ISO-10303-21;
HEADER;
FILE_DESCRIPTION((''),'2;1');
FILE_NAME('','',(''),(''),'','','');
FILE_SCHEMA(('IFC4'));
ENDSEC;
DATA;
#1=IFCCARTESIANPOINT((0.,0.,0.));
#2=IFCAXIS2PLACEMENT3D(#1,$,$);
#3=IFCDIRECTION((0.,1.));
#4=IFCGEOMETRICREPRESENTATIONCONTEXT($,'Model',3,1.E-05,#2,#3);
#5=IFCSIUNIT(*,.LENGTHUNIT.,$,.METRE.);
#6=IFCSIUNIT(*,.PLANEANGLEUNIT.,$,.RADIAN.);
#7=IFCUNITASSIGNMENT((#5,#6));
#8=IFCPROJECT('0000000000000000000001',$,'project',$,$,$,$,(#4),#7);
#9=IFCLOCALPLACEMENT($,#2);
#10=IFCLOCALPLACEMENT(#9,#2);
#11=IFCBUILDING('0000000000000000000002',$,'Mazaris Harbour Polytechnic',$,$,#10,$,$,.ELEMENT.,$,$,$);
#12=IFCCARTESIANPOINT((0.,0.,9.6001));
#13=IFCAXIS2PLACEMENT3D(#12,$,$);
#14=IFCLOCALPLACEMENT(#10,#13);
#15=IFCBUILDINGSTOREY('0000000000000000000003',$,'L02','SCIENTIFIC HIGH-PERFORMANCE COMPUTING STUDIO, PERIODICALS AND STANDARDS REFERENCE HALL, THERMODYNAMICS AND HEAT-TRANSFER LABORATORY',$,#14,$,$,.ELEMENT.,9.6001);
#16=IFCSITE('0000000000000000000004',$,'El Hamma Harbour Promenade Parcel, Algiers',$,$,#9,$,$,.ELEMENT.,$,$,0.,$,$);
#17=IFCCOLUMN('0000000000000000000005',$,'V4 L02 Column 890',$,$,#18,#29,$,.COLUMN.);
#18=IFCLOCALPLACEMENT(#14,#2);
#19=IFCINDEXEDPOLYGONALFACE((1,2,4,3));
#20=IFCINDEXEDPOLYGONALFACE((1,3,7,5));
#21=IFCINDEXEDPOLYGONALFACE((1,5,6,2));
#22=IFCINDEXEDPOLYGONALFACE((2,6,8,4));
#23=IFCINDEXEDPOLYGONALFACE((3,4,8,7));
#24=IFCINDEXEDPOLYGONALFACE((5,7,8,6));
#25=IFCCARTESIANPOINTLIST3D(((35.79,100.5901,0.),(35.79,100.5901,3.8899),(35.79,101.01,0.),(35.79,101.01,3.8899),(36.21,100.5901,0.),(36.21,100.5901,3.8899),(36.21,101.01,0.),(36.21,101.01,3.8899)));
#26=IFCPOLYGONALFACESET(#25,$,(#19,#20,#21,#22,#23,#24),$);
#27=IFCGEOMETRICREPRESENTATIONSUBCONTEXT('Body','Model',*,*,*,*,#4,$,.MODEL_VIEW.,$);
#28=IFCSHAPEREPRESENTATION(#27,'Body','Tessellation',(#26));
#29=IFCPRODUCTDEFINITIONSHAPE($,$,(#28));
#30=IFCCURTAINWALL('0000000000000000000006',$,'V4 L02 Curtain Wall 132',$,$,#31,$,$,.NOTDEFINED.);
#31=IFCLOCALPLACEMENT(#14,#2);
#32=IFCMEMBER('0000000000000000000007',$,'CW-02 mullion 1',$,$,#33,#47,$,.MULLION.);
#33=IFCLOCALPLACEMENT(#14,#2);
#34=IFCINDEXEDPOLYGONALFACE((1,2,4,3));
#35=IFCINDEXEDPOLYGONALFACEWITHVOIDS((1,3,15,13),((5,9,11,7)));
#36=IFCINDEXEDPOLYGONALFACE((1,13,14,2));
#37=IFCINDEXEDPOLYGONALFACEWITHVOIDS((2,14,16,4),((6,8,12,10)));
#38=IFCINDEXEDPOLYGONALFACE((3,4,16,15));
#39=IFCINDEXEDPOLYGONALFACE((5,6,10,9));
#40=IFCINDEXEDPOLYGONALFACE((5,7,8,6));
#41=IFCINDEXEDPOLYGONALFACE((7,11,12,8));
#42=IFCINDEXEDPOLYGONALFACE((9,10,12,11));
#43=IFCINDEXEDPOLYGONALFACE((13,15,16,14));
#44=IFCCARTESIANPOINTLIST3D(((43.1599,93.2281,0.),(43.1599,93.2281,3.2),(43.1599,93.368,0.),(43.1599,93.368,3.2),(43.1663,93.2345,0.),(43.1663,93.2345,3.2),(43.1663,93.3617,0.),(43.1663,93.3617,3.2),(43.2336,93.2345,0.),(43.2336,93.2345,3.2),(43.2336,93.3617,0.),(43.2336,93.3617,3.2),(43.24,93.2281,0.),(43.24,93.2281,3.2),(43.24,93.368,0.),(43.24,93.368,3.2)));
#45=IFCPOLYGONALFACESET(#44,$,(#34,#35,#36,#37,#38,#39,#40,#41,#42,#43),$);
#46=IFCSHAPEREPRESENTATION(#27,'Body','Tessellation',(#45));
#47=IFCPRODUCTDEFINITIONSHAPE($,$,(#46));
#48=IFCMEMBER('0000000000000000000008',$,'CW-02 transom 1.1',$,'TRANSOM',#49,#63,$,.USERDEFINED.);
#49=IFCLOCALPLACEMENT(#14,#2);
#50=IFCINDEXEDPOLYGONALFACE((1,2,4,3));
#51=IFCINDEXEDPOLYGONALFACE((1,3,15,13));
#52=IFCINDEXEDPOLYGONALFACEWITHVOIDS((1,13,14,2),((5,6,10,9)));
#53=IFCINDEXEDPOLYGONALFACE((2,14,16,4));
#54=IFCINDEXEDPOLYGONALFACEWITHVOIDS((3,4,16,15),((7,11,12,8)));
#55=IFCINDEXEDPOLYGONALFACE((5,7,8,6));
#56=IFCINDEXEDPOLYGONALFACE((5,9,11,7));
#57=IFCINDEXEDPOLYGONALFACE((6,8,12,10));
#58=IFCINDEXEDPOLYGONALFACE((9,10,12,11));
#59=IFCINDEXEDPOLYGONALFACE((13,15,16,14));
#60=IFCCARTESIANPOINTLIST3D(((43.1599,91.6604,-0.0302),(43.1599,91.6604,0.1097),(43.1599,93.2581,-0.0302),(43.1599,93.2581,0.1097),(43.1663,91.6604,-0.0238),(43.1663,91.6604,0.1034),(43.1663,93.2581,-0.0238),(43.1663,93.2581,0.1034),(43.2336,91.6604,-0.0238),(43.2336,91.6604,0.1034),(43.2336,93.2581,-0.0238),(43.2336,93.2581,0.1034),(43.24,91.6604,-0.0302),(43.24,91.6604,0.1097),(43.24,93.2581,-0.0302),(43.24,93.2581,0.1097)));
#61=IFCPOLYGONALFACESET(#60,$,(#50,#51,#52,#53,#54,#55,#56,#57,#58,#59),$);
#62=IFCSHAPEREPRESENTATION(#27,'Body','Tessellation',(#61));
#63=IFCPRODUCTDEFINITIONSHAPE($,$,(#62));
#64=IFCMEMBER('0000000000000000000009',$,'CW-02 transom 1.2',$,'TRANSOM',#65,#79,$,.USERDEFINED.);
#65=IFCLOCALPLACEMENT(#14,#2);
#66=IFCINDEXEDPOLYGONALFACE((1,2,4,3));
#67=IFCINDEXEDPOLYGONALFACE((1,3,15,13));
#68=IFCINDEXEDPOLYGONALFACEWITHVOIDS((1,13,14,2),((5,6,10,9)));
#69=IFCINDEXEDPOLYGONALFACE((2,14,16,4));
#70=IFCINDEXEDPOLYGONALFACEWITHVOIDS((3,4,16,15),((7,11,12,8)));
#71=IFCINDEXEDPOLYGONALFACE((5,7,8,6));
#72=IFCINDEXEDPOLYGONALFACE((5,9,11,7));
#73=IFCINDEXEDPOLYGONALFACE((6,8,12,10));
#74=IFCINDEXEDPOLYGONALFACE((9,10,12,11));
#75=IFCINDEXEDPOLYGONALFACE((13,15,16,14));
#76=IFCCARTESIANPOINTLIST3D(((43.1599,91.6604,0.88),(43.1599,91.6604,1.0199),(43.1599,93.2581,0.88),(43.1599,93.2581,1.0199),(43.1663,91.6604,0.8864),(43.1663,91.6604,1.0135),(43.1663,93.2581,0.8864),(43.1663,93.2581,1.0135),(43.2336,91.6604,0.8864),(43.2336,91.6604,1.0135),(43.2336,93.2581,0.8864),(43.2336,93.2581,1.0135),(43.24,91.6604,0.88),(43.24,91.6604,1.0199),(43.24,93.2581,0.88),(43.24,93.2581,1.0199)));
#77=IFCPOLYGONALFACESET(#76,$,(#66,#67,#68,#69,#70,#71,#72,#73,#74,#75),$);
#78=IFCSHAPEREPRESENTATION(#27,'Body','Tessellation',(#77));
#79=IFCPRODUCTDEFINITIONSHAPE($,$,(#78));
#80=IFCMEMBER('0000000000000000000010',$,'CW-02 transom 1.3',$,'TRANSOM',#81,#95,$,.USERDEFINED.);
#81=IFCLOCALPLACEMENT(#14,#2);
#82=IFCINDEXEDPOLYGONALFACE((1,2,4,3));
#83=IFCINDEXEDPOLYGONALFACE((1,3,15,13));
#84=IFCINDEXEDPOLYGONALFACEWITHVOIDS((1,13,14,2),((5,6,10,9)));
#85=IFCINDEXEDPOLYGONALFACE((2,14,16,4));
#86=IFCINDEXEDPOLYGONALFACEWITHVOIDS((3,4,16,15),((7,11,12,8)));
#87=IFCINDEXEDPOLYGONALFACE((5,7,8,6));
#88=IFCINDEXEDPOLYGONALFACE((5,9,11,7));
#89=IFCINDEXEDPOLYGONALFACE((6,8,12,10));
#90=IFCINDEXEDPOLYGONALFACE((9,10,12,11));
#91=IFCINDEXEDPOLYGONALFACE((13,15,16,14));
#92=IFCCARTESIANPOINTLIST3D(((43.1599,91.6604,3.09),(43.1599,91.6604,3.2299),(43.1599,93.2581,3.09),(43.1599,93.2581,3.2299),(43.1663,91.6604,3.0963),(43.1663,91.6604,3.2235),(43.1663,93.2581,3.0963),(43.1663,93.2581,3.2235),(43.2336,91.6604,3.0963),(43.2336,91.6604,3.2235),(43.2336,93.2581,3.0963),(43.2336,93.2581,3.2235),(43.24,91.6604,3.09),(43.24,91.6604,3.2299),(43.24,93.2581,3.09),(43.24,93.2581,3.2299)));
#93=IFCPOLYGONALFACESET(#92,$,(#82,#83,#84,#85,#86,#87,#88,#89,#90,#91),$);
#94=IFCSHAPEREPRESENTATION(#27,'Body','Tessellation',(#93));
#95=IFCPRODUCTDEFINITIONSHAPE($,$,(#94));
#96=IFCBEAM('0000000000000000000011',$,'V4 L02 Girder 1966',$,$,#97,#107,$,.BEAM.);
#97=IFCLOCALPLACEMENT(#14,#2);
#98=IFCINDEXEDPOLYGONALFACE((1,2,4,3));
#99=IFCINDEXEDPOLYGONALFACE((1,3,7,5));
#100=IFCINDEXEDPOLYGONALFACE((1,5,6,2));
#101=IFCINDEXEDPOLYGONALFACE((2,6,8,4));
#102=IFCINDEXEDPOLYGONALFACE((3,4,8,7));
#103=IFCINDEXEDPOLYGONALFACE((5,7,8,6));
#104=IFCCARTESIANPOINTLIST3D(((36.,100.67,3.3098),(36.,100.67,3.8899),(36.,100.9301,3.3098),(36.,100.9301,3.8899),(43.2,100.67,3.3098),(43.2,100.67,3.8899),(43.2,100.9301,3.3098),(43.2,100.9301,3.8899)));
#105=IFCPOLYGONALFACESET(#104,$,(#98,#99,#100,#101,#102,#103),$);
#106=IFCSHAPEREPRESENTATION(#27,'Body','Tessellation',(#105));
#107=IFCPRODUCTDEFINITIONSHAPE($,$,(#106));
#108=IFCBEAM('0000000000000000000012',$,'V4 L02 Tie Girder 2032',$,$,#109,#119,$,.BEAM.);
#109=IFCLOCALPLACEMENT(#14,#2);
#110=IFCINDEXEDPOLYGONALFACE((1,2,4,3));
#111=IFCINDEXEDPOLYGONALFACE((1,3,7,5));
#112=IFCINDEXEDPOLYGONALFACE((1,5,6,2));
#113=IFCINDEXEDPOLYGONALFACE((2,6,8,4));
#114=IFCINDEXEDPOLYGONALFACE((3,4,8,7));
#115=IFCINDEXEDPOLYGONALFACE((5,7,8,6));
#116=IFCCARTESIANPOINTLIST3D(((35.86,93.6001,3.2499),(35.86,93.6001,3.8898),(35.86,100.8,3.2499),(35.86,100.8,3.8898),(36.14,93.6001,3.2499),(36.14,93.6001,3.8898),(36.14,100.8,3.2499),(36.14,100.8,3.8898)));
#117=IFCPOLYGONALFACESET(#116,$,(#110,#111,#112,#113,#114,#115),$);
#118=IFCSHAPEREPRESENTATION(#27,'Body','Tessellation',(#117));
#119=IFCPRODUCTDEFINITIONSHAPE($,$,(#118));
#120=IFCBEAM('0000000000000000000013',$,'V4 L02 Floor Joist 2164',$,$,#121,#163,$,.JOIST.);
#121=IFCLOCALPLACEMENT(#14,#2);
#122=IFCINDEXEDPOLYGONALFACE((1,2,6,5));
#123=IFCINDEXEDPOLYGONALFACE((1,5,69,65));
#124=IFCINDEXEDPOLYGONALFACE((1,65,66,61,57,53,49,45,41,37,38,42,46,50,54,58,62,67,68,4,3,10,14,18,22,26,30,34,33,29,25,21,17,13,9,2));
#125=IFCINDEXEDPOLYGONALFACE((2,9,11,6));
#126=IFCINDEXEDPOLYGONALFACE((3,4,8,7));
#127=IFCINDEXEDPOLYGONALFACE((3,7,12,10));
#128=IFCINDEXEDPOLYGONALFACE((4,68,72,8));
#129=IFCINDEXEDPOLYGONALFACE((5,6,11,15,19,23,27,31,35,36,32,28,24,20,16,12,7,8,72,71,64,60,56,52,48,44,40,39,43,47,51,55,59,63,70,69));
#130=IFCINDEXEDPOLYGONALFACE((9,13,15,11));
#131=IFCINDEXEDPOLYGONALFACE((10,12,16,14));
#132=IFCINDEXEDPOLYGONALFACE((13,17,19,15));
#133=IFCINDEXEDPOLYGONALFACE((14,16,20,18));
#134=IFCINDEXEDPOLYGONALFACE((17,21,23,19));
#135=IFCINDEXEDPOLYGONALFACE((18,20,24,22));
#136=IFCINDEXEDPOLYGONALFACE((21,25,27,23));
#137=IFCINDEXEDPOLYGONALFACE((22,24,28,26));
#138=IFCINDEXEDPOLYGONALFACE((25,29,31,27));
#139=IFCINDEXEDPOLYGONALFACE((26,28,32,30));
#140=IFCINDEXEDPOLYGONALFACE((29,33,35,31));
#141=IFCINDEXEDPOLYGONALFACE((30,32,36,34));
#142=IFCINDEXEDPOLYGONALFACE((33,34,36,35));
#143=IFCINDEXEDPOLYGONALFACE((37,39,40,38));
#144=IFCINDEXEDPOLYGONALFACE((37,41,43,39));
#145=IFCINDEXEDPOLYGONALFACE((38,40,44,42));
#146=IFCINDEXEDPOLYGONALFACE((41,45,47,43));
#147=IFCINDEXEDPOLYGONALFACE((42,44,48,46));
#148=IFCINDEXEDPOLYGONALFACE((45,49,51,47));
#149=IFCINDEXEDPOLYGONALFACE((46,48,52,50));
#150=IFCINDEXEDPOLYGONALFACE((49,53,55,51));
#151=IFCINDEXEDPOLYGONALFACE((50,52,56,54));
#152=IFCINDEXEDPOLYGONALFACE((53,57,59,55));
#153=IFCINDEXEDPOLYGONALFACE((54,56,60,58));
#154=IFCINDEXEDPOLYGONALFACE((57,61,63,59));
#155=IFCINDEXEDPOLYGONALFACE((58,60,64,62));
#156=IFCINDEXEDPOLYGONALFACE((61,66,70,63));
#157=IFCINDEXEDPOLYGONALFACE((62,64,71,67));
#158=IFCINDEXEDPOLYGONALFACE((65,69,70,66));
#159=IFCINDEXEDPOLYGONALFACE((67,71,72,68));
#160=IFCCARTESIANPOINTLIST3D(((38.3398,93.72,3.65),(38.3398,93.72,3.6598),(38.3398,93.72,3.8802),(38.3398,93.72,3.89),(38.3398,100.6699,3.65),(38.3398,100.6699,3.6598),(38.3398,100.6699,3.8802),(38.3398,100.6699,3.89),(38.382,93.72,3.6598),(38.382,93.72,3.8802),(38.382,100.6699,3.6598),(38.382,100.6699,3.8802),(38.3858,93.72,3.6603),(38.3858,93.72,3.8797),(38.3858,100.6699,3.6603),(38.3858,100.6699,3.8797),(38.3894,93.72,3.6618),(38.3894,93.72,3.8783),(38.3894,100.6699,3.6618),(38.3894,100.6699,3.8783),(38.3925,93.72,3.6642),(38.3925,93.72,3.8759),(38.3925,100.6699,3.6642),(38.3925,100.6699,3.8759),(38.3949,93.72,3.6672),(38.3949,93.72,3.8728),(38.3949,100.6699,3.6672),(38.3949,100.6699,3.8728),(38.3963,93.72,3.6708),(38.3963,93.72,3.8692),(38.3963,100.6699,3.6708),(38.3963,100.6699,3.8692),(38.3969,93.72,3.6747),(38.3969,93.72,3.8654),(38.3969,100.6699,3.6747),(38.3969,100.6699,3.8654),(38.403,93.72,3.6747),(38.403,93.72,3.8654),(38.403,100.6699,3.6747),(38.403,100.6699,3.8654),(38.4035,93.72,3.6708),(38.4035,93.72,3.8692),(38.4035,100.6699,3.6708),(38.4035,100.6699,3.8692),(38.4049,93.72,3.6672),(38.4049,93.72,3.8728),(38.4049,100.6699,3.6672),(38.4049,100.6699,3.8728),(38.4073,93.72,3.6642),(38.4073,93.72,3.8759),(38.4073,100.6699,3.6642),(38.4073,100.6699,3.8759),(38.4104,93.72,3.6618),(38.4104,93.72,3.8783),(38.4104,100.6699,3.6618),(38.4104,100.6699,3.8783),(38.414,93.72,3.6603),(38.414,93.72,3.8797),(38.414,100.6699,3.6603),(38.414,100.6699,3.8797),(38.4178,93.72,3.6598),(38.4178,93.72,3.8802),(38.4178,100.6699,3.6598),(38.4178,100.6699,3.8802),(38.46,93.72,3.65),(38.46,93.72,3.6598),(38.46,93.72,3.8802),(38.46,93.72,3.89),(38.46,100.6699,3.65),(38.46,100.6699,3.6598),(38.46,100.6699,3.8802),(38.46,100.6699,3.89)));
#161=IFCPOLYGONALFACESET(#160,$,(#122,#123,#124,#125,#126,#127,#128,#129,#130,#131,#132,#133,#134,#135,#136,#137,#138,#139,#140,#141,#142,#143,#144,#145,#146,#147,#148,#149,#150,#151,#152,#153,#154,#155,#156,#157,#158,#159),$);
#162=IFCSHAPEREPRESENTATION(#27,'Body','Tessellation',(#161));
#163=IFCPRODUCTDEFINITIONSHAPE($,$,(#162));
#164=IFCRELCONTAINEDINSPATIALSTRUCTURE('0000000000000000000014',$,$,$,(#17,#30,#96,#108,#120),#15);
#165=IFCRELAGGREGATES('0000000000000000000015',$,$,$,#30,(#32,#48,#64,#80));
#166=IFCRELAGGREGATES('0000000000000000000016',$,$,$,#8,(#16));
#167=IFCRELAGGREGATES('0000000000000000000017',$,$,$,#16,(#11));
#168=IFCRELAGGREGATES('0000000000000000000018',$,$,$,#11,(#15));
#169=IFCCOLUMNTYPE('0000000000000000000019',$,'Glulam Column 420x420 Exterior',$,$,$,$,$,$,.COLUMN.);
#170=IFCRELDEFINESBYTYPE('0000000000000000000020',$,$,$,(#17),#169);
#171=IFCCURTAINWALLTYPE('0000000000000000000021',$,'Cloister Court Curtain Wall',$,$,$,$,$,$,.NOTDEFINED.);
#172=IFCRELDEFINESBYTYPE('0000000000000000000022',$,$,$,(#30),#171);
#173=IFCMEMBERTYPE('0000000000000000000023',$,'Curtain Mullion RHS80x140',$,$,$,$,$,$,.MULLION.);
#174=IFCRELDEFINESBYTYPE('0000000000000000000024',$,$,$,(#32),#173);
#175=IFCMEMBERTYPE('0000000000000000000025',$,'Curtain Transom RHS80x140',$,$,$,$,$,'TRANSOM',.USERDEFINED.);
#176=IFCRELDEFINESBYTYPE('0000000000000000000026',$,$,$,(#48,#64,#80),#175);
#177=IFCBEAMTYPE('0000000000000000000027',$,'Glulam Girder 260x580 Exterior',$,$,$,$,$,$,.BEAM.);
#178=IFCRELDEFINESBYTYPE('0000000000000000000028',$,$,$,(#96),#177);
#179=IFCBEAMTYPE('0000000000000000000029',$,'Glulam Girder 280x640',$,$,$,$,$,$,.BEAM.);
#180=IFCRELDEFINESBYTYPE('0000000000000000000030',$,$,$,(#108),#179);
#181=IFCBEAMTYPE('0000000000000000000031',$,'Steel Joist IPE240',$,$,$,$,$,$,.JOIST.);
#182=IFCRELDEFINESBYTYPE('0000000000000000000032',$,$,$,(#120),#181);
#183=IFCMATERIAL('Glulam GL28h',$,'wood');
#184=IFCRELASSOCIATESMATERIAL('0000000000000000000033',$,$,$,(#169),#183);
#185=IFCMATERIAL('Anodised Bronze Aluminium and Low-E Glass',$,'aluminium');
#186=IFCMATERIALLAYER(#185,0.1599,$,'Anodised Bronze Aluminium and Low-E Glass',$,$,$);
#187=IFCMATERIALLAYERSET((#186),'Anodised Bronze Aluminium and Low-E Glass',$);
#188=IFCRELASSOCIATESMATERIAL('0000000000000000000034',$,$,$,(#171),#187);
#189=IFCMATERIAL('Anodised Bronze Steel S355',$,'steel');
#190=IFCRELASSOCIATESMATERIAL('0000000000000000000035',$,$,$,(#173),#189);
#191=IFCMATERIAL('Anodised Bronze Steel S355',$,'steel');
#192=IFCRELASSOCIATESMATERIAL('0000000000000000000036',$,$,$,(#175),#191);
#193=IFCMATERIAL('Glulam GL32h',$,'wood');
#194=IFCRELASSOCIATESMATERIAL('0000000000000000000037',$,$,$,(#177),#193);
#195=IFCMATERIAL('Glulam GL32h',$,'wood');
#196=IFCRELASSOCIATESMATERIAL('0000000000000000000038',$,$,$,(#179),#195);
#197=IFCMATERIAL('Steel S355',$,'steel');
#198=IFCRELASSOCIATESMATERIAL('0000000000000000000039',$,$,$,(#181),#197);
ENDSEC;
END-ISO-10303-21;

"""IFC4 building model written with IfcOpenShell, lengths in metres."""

from ifc_helpers import new_model, si_unit, direction, frame, origin, origin_2d, place, context, subcontext, project, spatial, rectangle, hollow_rectangle, i_section, extrude, material, layer, layer_set, material_profile, profile_set, type_object, element, aggregate, save


model = new_model("IFC4")

# Units and contexts
model_context = context("Model", 3, precision=1e-05, world=origin(), true_north=direction((0.0, 1.0)))
body_context = subcontext(model_context, "Body", "Model", "MODEL_VIEW")
ifc_project = project(units=[si_unit("LENGTHUNIT", "METRE"), si_unit("PLANEANGLEUNIT", "RADIAN")], contexts=[model_context])

# Site, building, storey
site_placement = place(None, origin())
site = spatial("IfcSite", under=ifc_project, at=site_placement, Name="El Hamma Harbour Promenade Parcel, Algiers", CompositionType="ELEMENT", RefElevation=0.0)
building_placement = place(site_placement, origin())
building = spatial("IfcBuilding", under=site, at=building_placement, Name="Mazaris Harbour Polytechnic", CompositionType="ELEMENT")
storey_placement = place(building_placement, frame((0.0, 0.0, 9.6001)))
storey = spatial("IfcBuildingStorey", under=building, at=storey_placement, Name="L02", Description="SCIENTIFIC HIGH-PERFORMANCE COMPUTING STUDIO, PERIODICALS AND STANDARDS REFERENCE HALL, THERMODYNAMICS AND HEAT-TRANSFER LABORATORY", CompositionType="ELEMENT", Elevation=9.6001)

# Column
ifc_material_1 = material(Name="Glulam GL28h", Category="wood")
ifc_material_profile_1 = material_profile(ifc_material_1, rectangle(XDim=0.4199, YDim=0.4199, at=origin_2d()), Name="RECT420x420")
ifc_profile_set_1 = profile_set([ifc_material_profile_1], Name="Glulam GL28h")
column_type = type_object("IfcColumnType", Name="Glulam Column 420x420 Exterior", PredefinedType="COLUMN", material=ifc_profile_set_1)
column_placement = place(storey_placement, frame((36.0, 100.8, 0.0), z_axis=(0.0, 0.0, 1.0), x_axis=(1.0, 0.0, 0.0)))
element("IfcColumn", 1, at=column_placement, inside=storey, type_object=column_type, Name="V4 L02 Column 890", PredefinedType="COLUMN", context=body_context, shape_type="SweptSolid", body=[
    extrude(rectangle(XDim=0.4199, YDim=0.4199, at=origin_2d()), origin(), (0.0, 0.0, 1.0), 3.8899),
])

# Curtain wall, members
ifc_material_2 = material(Name="Anodised Bronze Aluminium and Low-E Glass", Category="aluminium")
ifc_layer_1 = layer(ifc_material_2, 0.1599, Name="Anodised Bronze Aluminium and Low-E Glass")
ifc_layer_set_1 = layer_set([ifc_layer_1], Name="Anodised Bronze Aluminium and Low-E Glass")
curtain_wall_type = type_object("IfcCurtainWallType", Name="Cloister Court Curtain Wall", PredefinedType="NOTDEFINED", material=ifc_layer_set_1)
curtain_wall_placement = place(storey_placement, origin())
curtain_wall = element("IfcCurtainWall", 2, at=curtain_wall_placement, inside=storey, type_object=curtain_wall_type, Name="V4 L02 Curtain Wall 132", PredefinedType="NOTDEFINED")
ifc_material_3 = material(Name="Anodised Bronze Steel S355", Category="steel")
ifc_material_profile_2 = material_profile(ifc_material_3, hollow_rectangle(XDim=0.0801, YDim=0.1399, WallThickness=0.0063, at=origin_2d()), Name="RHS 80x140x6.3")
ifc_profile_set_2 = profile_set([ifc_material_profile_2], Name="Anodised Bronze Steel S355")
member_type_1 = type_object("IfcMemberType", Name="Curtain Mullion RHS80x140", PredefinedType="MULLION", material=ifc_profile_set_2)
member_1_placement = place(storey_placement, frame((43.2, 93.2981, 0.0), z_axis=(0.0, 0.0, 1.0), x_axis=(1.0, 0.0, 0.0)))
member_1 = element("IfcMember", 3, at=member_1_placement, type_object=member_type_1, Name="CW-02 mullion 1", PredefinedType="MULLION", context=body_context, shape_type="SweptSolid", body=[
    extrude(hollow_rectangle(XDim=0.0801, YDim=0.1399, WallThickness=0.0063, at=origin_2d()), origin(), (0.0, 0.0, 1.0), 3.2),
])
ifc_material_4 = material(Name="Anodised Bronze Steel S355", Category="steel")
ifc_material_profile_3 = material_profile(ifc_material_4, hollow_rectangle(XDim=0.0801, YDim=0.1399, WallThickness=0.0063, at=origin_2d()), Name="RHS 80x140x6.3")
ifc_profile_set_3 = profile_set([ifc_material_profile_3], Name="Anodised Bronze Steel S355")
member_type_2 = type_object("IfcMemberType", Name="Curtain Transom RHS80x140", ElementType="TRANSOM", PredefinedType="USERDEFINED", material=ifc_profile_set_3)
member_2_placement = place(storey_placement, frame((43.2, 93.2581, 0.0398), z_axis=(0.0, -1.0, 0.0), x_axis=(1.0, 0.0, 0.0)))
member_2 = element("IfcMember", 4, at=member_2_placement, type_object=member_type_2, Name="CW-02 transom 1.1", ObjectType="TRANSOM", PredefinedType="USERDEFINED", context=body_context, shape_type="SweptSolid", body=[
    extrude(hollow_rectangle(XDim=0.0801, YDim=0.1399, WallThickness=0.0063, at=origin_2d()), origin(), (0.0, 0.0, 1.0), 1.5977),
])
member_3_placement = place(storey_placement, frame((43.2, 93.2581, 0.95), z_axis=(0.0, -1.0, 0.0), x_axis=(1.0, 0.0, 0.0)))
member_3 = element("IfcMember", 5, at=member_3_placement, type_object=member_type_2, Name="CW-02 transom 1.2", ObjectType="TRANSOM", PredefinedType="USERDEFINED", context=body_context, shape_type="SweptSolid", body=[
    extrude(hollow_rectangle(XDim=0.0801, YDim=0.1399, WallThickness=0.0063, at=origin_2d()), origin(), (0.0, 0.0, 1.0), 1.5977),
])
member_4_placement = place(storey_placement, frame((43.2, 93.2581, 3.1599), z_axis=(0.0, -1.0, 0.0), x_axis=(1.0, 0.0, 0.0)))
member_4 = element("IfcMember", 6, at=member_4_placement, type_object=member_type_2, Name="CW-02 transom 1.3", ObjectType="TRANSOM", PredefinedType="USERDEFINED", context=body_context, shape_type="SweptSolid", body=[
    extrude(hollow_rectangle(XDim=0.0801, YDim=0.1399, WallThickness=0.0063, at=origin_2d()), origin(), (0.0, 0.0, 1.0), 1.5977),
])
aggregate(curtain_wall, [member_1, member_2, member_3, member_4])

# Beams
ifc_material_5 = material(Name="Glulam GL32h", Category="wood")
ifc_material_profile_4 = material_profile(ifc_material_5, rectangle(XDim=0.26, YDim=0.5801, at=origin_2d()), Name="RECT260x580")
ifc_profile_set_4 = profile_set([ifc_material_profile_4], Name="Glulam GL32h")
beam_type_1 = type_object("IfcBeamType", Name="Glulam Girder 260x580 Exterior", PredefinedType="BEAM", material=ifc_profile_set_4)
beam_1_placement = place(storey_placement, frame((36.0, 100.8, 3.5999), z_axis=(1.0, 0.0, 0.0), x_axis=(0.0, 1.0, 0.0)))
element("IfcBeam", 7, at=beam_1_placement, inside=storey, type_object=beam_type_1, Name="V4 L02 Girder 1966", PredefinedType="BEAM", context=body_context, shape_type="SweptSolid", body=[
    extrude(rectangle(XDim=0.26, YDim=0.5801, at=origin_2d()), origin(), (0.0, 0.0, 1.0), 7.2),
])
ifc_material_6 = material(Name="Glulam GL32h", Category="wood")
ifc_material_profile_5 = material_profile(ifc_material_6, rectangle(XDim=0.28, YDim=0.6399, at=origin_2d()), Name="RECT280x640")
ifc_profile_set_5 = profile_set([ifc_material_profile_5], Name="Glulam GL32h")
beam_type_2 = type_object("IfcBeamType", Name="Glulam Girder 280x640", PredefinedType="BEAM", material=ifc_profile_set_5)
beam_2_placement = place(storey_placement, frame((36.0, 93.6001, 3.5698), z_axis=(0.0, 1.0, 0.0), x_axis=(-1.0, 0.0, 0.0)))
element("IfcBeam", 8, at=beam_2_placement, inside=storey, type_object=beam_type_2, Name="V4 L02 Tie Girder 2032", PredefinedType="BEAM", context=body_context, shape_type="SweptSolid", body=[
    extrude(rectangle(XDim=0.28, YDim=0.6399, at=origin_2d()), origin(), (0.0, 0.0, 1.0), 7.2),
])
ifc_material_7 = material(Name="Steel S355", Category="steel")
ifc_material_profile_6 = material_profile(ifc_material_7, i_section(OverallWidth=0.1201, OverallDepth=0.24, WebThickness=0.0061, FlangeThickness=0.0098, FilletRadius=0.0149, at=origin_2d()), Name="IPE 240")
ifc_profile_set_6 = profile_set([ifc_material_profile_6], Name="Steel S355")
beam_type_3 = type_object("IfcBeamType", Name="Steel Joist IPE240", PredefinedType="JOIST", material=ifc_profile_set_6)
beam_3_placement = place(storey_placement, frame((38.3999, 93.72, 3.77), z_axis=(0.0, 1.0, 0.0), x_axis=(-1.0, 0.0, 0.0)))
element("IfcBeam", 9, at=beam_3_placement, inside=storey, type_object=beam_type_3, Name="V4 L02 Floor Joist 2164", PredefinedType="JOIST", context=body_context, shape_type="SweptSolid", body=[
    extrude(i_section(OverallWidth=0.1201, OverallDepth=0.24, WebThickness=0.0061, FlangeThickness=0.0098, FilletRadius=0.0149, at=origin_2d()), origin(), (0.0, 0.0, 1.0), 6.95),
])

save(model, "model.ifc")
